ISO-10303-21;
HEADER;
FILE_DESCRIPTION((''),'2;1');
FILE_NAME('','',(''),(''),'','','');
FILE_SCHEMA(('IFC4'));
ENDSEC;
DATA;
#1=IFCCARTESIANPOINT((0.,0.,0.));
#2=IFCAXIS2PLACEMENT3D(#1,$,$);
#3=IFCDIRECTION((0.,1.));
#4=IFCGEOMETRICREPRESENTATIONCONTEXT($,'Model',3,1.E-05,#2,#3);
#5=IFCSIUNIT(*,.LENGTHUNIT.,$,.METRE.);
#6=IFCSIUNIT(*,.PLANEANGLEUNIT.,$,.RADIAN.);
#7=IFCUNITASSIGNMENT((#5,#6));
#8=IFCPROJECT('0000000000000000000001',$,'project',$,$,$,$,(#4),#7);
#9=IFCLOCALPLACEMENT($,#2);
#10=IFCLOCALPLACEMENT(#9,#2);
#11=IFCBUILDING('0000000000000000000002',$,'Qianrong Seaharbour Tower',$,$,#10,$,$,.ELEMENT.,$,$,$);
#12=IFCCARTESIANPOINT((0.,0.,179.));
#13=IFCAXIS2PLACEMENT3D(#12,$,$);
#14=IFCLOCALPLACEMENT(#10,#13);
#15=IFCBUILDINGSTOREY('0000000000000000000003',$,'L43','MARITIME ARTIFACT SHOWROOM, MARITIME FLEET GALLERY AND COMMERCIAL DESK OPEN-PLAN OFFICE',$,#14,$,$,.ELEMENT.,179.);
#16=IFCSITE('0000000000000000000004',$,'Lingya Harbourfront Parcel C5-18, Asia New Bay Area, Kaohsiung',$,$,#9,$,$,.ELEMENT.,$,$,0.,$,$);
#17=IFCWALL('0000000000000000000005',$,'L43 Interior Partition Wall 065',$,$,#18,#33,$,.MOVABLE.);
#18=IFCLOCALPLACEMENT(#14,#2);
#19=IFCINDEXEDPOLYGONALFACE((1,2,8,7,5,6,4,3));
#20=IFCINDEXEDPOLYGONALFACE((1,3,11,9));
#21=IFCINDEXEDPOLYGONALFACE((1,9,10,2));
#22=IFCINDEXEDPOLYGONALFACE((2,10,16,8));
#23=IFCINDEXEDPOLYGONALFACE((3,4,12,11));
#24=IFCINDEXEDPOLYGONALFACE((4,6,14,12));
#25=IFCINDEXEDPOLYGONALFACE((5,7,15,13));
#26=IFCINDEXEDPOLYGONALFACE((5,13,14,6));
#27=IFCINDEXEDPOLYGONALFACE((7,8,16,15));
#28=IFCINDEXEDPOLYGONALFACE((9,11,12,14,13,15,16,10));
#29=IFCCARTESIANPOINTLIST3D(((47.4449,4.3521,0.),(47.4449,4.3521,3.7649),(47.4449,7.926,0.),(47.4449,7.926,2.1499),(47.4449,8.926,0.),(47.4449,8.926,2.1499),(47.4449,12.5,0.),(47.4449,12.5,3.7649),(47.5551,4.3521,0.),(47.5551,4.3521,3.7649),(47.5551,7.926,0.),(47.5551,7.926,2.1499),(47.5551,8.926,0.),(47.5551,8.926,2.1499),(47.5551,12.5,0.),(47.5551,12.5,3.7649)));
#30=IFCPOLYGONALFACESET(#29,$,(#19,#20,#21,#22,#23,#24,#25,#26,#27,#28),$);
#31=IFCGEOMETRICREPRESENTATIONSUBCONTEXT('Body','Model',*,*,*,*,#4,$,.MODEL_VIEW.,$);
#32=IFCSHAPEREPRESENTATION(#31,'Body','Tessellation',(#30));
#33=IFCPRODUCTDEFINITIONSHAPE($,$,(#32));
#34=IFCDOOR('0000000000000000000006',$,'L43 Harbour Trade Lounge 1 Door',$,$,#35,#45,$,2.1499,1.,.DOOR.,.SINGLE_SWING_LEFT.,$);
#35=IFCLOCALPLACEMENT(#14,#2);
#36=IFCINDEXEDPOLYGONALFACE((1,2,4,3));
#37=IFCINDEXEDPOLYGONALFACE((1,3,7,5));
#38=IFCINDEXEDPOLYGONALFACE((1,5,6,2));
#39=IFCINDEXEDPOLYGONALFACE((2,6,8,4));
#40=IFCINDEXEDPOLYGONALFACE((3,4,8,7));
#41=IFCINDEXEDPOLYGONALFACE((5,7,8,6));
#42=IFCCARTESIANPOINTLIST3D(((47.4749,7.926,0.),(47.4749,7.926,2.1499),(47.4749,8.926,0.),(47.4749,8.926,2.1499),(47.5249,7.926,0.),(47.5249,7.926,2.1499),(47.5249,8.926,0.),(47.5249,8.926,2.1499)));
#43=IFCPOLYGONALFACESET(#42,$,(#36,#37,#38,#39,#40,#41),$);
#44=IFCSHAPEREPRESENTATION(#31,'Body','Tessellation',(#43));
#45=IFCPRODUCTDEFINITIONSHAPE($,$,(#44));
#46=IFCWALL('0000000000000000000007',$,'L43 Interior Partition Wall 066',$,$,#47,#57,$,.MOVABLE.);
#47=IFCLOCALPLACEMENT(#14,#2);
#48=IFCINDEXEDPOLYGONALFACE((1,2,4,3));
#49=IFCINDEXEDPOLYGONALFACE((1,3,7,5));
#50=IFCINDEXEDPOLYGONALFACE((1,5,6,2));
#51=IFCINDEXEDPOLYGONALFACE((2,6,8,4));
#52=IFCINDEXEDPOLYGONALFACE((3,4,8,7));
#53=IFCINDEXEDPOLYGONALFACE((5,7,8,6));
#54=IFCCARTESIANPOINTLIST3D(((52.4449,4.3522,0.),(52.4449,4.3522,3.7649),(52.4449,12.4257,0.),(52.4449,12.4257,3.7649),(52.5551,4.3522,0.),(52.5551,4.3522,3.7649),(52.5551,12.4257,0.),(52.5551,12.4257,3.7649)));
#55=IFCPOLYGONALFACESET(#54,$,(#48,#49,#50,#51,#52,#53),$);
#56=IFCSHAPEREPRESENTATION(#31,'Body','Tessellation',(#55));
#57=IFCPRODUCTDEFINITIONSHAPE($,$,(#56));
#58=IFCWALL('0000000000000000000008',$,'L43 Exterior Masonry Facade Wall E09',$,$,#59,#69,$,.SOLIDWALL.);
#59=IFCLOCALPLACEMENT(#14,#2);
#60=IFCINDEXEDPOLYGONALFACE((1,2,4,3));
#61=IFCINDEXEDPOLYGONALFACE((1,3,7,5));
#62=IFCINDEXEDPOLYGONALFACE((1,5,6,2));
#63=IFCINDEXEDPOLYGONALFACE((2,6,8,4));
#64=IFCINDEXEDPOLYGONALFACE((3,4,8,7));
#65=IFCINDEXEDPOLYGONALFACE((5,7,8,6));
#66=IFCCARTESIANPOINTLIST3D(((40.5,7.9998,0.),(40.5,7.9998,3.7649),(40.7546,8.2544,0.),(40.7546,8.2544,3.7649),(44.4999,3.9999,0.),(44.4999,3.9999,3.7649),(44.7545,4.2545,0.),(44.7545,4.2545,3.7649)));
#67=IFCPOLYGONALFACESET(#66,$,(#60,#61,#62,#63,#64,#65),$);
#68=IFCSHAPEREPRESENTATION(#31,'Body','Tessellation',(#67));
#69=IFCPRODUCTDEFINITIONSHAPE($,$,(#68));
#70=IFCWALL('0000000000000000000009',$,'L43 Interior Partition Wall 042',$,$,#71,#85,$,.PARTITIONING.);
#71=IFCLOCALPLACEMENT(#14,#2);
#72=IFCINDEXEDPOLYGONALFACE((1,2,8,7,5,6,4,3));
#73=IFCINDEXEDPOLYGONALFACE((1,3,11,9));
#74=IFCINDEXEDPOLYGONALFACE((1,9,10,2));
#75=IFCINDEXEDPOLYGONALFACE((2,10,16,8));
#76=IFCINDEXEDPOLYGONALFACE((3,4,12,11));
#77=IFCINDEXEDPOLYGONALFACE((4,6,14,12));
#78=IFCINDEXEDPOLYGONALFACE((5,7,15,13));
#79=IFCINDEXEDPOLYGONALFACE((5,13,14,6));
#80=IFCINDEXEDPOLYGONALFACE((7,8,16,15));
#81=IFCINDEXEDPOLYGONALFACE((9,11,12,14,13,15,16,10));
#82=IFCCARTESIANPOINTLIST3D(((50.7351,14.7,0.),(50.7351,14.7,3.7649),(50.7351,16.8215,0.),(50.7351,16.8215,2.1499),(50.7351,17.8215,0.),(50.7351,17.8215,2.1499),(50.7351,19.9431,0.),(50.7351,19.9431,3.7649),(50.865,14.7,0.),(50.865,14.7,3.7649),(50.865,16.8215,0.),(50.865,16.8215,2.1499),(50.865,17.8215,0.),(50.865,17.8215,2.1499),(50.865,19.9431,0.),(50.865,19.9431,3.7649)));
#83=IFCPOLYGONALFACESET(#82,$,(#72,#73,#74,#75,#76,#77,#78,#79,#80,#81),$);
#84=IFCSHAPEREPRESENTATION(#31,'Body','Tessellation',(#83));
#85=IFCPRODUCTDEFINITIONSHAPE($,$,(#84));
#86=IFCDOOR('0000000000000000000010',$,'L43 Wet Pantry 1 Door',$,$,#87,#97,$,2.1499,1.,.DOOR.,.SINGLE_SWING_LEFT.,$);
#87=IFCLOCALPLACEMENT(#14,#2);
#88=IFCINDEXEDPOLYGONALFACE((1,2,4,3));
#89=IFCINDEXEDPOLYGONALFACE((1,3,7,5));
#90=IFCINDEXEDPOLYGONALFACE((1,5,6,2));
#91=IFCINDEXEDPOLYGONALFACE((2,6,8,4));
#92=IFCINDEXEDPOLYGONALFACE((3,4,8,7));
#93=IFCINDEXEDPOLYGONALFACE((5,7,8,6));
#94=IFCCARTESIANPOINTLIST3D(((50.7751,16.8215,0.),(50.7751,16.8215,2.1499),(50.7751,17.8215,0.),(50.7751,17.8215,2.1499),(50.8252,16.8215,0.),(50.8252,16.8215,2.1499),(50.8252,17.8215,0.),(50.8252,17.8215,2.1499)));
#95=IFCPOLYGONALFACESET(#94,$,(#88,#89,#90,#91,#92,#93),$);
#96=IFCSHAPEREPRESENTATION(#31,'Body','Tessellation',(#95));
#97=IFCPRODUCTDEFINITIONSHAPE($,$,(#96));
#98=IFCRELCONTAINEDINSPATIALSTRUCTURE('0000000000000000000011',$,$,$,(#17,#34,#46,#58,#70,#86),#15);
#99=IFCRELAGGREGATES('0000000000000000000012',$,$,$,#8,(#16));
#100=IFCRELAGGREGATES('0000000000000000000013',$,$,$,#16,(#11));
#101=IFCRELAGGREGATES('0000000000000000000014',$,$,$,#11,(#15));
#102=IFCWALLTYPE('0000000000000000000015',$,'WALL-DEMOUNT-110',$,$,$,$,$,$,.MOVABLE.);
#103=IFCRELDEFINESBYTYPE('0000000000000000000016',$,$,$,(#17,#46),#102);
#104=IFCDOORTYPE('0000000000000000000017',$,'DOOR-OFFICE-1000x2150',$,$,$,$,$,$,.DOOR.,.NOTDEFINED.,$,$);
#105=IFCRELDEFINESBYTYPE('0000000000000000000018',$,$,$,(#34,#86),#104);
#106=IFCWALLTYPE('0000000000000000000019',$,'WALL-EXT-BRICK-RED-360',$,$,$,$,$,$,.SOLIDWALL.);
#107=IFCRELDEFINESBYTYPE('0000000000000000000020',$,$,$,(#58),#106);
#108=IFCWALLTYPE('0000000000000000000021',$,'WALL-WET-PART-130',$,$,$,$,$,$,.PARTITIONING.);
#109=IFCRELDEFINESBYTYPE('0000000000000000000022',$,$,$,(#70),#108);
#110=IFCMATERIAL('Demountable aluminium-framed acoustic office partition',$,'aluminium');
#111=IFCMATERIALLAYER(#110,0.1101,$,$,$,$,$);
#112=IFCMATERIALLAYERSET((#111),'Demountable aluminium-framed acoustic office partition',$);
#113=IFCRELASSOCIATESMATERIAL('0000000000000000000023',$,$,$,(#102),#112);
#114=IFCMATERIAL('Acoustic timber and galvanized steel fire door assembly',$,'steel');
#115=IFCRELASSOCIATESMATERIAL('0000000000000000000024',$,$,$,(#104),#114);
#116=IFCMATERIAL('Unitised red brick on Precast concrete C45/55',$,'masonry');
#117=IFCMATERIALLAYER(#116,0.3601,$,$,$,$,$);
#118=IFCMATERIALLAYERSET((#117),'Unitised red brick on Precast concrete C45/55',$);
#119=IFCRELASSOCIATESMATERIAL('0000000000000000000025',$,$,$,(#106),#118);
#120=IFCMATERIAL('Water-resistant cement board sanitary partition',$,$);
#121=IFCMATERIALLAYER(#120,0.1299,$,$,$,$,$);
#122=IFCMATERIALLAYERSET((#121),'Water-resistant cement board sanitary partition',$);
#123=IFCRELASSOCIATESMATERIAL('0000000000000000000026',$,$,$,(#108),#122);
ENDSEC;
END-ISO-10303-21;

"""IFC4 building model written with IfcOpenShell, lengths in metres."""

from ifc_helpers import new_model, si_unit, direction, frame, frame_2d, origin, place, context, subcontext, project, spatial, rectangle, extrude, material, layer, layer_set, type_object, element, fill, save


model = new_model("IFC4")

# Units and contexts
model_context = context("Model", 3, precision=1e-05, world=origin(), true_north=direction((0.0, 1.0)))
body_context = subcontext(model_context, "Body", "Model", "MODEL_VIEW")
ifc_project = project(units=[si_unit("LENGTHUNIT", "METRE"), si_unit("PLANEANGLEUNIT", "RADIAN")], contexts=[model_context])

# Site, building, storey
site_placement = place(None, origin())
site = spatial("IfcSite", under=ifc_project, at=site_placement, Name="Lingya Harbourfront Parcel C5-18, Asia New Bay Area, Kaohsiung", CompositionType="ELEMENT", RefElevation=0.0)
building_placement = place(site_placement, origin())
building = spatial("IfcBuilding", under=site, at=building_placement, Name="Qianrong Seaharbour Tower", CompositionType="ELEMENT")
storey_placement = place(building_placement, frame((0.0, 0.0, 179.0)))
storey = spatial("IfcBuildingStorey", under=building, at=storey_placement, Name="L43", Description="MARITIME ARTIFACT SHOWROOM, MARITIME FLEET GALLERY AND COMMERCIAL DESK OPEN-PLAN OFFICE", CompositionType="ELEMENT", Elevation=179.0)

# Wall, opening, door
ifc_material_1 = material(Name="Acoustic timber and galvanized steel fire door assembly", Category="steel")
ifc_material_2 = material(Name="Demountable aluminium-framed acoustic office partition", Category="aluminium")
ifc_layer_1 = layer(ifc_material_2, 0.1101)
ifc_layer_set_1 = layer_set([ifc_layer_1], Name="Demountable aluminium-framed acoustic office partition")
wall_type_1 = type_object("IfcWallType", Name="WALL-DEMOUNT-110", PredefinedType="MOVABLE", material=ifc_layer_set_1)
wall_1_placement = place(storey_placement, frame((47.5, 12.5, 0.0), z_axis=(0.0, 0.0, 1.0), x_axis=(0.0, -1.0, 0.0)))
wall_1 = element("IfcWall", 1, at=wall_1_placement, inside=storey, type_object=wall_type_1, Name="L43 Interior Partition Wall 065", PredefinedType="MOVABLE", context=body_context, shape_type="SweptSolid", body=[
    extrude(rectangle(XDim=8.1479, YDim=0.1101, at=frame_2d((4.074, 0.0))), origin(), (0.0, 0.0, 1.0), 3.7649),
])
opening_1_placement = place(wall_1_placement, frame((3.574, 0.0, 0.0)))
opening_1 = element("IfcOpeningElement", 2, at=opening_1_placement, cuts=wall_1, PredefinedType="OPENING", context=body_context, shape_type="SweptSolid", body=[
    extrude(rectangle(XDim=1.0, YDim=2.1499, at=frame_2d((0.5, 1.075))), frame((0.0, 0.0649, 0.0), z_axis=(0.0, -1.0, 0.0), x_axis=(1.0, 0.0, 0.0)), (0.0, 0.0, 1.0), 0.1301),
])
door_type_1 = type_object("IfcDoorType", Name="DOOR-OFFICE-1000x2150", OperationType="NOTDEFINED", PredefinedType="DOOR", material=ifc_material_1)
door_1_placement = place(opening_1_placement, origin())
door_1 = element("IfcDoor", 3, at=door_1_placement, inside=storey, type_object=door_type_1, Name="L43 Harbour Trade Lounge 1 Door", OperationType="SINGLE_SWING_LEFT", OverallHeight=2.1499, OverallWidth=1.0, PredefinedType="DOOR", context=body_context, shape_type="SweptSolid", body=[
    extrude(rectangle(XDim=1.0, YDim=2.1499, at=frame_2d((0.5, 1.075))), frame((0.0, 0.0249, 0.0), z_axis=(0.0, -1.0, 0.0), x_axis=(1.0, 0.0, 0.0)), (0.0, 0.0, 1.0), 0.05),
])
fill(opening_1, door_1)

# Walls
wall_2_placement = place(storey_placement, frame((52.5, 12.4255, 0.0), z_axis=(0.0, 0.0, 1.0), x_axis=(0.0, -1.0, 0.0)))
element("IfcWall", 4, at=wall_2_placement, inside=storey, type_object=wall_type_1, Name="L43 Interior Partition Wall 066", PredefinedType="MOVABLE", context=body_context, shape_type="SweptSolid", body=[
    extrude(rectangle(XDim=8.0735, YDim=0.1101, at=frame_2d((4.0366, 0.0))), origin(), (0.0, 0.0, 1.0), 3.7649),
])
ifc_material_3 = material(Name="Unitised red brick on Precast concrete C45/55", Category="masonry")
ifc_layer_2 = layer(ifc_material_3, 0.3601)
ifc_layer_set_2 = layer_set([ifc_layer_2], Name="Unitised red brick on Precast concrete C45/55")
wall_type_2 = type_object("IfcWallType", Name="WALL-EXT-BRICK-RED-360", PredefinedType="SOLIDWALL", material=ifc_layer_set_2)
wall_3_placement = place(storey_placement, frame((44.6272, 4.1272, 0.0), z_axis=(0.0, 0.0, 1.0), x_axis=(-0.707107, 0.707107, 0.0)))
element("IfcWall", 5, at=wall_3_placement, inside=storey, type_object=wall_type_2, Name="L43 Exterior Masonry Facade Wall E09", PredefinedType="SOLIDWALL", context=body_context, shape_type="SweptSolid", body=[
    extrude(rectangle(XDim=5.6567, YDim=0.3601, at=frame_2d((2.8284, 0.0))), origin(), (0.0, 0.0, 1.0), 3.7649),
])

# Wall, opening, door
ifc_material_4 = material(Name="Water-resistant cement board sanitary partition")
ifc_layer_3 = layer(ifc_material_4, 0.1299)
ifc_layer_set_3 = layer_set([ifc_layer_3], Name="Water-resistant cement board sanitary partition")
wall_type_3 = type_object("IfcWallType", Name="WALL-WET-PART-130", PredefinedType="PARTITIONING", material=ifc_layer_set_3)
wall_4_placement = place(storey_placement, frame((50.8, 14.7, 0.0), z_axis=(0.0, 0.0, 1.0), x_axis=(0.0, 1.0, 0.0)))
wall_4 = element("IfcWall", 6, at=wall_4_placement, inside=storey, type_object=wall_type_3, Name="L43 Interior Partition Wall 042", PredefinedType="PARTITIONING", context=body_context, shape_type="SweptSolid", body=[
    extrude(rectangle(XDim=5.2432, YDim=0.1299, at=frame_2d((2.6216, 0.0))), origin(), (0.0, 0.0, 1.0), 3.7649),
])
opening_2_placement = place(wall_4_placement, frame((2.1216, 0.0, 0.0)))
opening_2 = element("IfcOpeningElement", 7, at=opening_2_placement, cuts=wall_4, PredefinedType="OPENING", context=body_context, shape_type="SweptSolid", body=[
    extrude(rectangle(XDim=1.0, YDim=2.1499, at=frame_2d((0.5, 1.075))), frame((0.0, 0.075, 0.0), z_axis=(0.0, -1.0, 0.0), x_axis=(1.0, 0.0, 0.0)), (0.0, 0.0, 1.0), 0.1499),
])
door_2_placement = place(opening_2_placement, origin())
door_2 = element("IfcDoor", 8, at=door_2_placement, inside=storey, type_object=door_type_1, Name="L43 Wet Pantry 1 Door", OperationType="SINGLE_SWING_LEFT", OverallHeight=2.1499, OverallWidth=1.0, PredefinedType="DOOR", context=body_context, shape_type="SweptSolid", body=[
    extrude(rectangle(XDim=1.0, YDim=2.1499, at=frame_2d((0.5, 1.075))), frame((0.0, 0.0249, 0.0), z_axis=(0.0, -1.0, 0.0), x_axis=(1.0, 0.0, 0.0)), (0.0, 0.0, 1.0), 0.05),
])
fill(opening_2, door_2)

save(model, "model.ifc")
